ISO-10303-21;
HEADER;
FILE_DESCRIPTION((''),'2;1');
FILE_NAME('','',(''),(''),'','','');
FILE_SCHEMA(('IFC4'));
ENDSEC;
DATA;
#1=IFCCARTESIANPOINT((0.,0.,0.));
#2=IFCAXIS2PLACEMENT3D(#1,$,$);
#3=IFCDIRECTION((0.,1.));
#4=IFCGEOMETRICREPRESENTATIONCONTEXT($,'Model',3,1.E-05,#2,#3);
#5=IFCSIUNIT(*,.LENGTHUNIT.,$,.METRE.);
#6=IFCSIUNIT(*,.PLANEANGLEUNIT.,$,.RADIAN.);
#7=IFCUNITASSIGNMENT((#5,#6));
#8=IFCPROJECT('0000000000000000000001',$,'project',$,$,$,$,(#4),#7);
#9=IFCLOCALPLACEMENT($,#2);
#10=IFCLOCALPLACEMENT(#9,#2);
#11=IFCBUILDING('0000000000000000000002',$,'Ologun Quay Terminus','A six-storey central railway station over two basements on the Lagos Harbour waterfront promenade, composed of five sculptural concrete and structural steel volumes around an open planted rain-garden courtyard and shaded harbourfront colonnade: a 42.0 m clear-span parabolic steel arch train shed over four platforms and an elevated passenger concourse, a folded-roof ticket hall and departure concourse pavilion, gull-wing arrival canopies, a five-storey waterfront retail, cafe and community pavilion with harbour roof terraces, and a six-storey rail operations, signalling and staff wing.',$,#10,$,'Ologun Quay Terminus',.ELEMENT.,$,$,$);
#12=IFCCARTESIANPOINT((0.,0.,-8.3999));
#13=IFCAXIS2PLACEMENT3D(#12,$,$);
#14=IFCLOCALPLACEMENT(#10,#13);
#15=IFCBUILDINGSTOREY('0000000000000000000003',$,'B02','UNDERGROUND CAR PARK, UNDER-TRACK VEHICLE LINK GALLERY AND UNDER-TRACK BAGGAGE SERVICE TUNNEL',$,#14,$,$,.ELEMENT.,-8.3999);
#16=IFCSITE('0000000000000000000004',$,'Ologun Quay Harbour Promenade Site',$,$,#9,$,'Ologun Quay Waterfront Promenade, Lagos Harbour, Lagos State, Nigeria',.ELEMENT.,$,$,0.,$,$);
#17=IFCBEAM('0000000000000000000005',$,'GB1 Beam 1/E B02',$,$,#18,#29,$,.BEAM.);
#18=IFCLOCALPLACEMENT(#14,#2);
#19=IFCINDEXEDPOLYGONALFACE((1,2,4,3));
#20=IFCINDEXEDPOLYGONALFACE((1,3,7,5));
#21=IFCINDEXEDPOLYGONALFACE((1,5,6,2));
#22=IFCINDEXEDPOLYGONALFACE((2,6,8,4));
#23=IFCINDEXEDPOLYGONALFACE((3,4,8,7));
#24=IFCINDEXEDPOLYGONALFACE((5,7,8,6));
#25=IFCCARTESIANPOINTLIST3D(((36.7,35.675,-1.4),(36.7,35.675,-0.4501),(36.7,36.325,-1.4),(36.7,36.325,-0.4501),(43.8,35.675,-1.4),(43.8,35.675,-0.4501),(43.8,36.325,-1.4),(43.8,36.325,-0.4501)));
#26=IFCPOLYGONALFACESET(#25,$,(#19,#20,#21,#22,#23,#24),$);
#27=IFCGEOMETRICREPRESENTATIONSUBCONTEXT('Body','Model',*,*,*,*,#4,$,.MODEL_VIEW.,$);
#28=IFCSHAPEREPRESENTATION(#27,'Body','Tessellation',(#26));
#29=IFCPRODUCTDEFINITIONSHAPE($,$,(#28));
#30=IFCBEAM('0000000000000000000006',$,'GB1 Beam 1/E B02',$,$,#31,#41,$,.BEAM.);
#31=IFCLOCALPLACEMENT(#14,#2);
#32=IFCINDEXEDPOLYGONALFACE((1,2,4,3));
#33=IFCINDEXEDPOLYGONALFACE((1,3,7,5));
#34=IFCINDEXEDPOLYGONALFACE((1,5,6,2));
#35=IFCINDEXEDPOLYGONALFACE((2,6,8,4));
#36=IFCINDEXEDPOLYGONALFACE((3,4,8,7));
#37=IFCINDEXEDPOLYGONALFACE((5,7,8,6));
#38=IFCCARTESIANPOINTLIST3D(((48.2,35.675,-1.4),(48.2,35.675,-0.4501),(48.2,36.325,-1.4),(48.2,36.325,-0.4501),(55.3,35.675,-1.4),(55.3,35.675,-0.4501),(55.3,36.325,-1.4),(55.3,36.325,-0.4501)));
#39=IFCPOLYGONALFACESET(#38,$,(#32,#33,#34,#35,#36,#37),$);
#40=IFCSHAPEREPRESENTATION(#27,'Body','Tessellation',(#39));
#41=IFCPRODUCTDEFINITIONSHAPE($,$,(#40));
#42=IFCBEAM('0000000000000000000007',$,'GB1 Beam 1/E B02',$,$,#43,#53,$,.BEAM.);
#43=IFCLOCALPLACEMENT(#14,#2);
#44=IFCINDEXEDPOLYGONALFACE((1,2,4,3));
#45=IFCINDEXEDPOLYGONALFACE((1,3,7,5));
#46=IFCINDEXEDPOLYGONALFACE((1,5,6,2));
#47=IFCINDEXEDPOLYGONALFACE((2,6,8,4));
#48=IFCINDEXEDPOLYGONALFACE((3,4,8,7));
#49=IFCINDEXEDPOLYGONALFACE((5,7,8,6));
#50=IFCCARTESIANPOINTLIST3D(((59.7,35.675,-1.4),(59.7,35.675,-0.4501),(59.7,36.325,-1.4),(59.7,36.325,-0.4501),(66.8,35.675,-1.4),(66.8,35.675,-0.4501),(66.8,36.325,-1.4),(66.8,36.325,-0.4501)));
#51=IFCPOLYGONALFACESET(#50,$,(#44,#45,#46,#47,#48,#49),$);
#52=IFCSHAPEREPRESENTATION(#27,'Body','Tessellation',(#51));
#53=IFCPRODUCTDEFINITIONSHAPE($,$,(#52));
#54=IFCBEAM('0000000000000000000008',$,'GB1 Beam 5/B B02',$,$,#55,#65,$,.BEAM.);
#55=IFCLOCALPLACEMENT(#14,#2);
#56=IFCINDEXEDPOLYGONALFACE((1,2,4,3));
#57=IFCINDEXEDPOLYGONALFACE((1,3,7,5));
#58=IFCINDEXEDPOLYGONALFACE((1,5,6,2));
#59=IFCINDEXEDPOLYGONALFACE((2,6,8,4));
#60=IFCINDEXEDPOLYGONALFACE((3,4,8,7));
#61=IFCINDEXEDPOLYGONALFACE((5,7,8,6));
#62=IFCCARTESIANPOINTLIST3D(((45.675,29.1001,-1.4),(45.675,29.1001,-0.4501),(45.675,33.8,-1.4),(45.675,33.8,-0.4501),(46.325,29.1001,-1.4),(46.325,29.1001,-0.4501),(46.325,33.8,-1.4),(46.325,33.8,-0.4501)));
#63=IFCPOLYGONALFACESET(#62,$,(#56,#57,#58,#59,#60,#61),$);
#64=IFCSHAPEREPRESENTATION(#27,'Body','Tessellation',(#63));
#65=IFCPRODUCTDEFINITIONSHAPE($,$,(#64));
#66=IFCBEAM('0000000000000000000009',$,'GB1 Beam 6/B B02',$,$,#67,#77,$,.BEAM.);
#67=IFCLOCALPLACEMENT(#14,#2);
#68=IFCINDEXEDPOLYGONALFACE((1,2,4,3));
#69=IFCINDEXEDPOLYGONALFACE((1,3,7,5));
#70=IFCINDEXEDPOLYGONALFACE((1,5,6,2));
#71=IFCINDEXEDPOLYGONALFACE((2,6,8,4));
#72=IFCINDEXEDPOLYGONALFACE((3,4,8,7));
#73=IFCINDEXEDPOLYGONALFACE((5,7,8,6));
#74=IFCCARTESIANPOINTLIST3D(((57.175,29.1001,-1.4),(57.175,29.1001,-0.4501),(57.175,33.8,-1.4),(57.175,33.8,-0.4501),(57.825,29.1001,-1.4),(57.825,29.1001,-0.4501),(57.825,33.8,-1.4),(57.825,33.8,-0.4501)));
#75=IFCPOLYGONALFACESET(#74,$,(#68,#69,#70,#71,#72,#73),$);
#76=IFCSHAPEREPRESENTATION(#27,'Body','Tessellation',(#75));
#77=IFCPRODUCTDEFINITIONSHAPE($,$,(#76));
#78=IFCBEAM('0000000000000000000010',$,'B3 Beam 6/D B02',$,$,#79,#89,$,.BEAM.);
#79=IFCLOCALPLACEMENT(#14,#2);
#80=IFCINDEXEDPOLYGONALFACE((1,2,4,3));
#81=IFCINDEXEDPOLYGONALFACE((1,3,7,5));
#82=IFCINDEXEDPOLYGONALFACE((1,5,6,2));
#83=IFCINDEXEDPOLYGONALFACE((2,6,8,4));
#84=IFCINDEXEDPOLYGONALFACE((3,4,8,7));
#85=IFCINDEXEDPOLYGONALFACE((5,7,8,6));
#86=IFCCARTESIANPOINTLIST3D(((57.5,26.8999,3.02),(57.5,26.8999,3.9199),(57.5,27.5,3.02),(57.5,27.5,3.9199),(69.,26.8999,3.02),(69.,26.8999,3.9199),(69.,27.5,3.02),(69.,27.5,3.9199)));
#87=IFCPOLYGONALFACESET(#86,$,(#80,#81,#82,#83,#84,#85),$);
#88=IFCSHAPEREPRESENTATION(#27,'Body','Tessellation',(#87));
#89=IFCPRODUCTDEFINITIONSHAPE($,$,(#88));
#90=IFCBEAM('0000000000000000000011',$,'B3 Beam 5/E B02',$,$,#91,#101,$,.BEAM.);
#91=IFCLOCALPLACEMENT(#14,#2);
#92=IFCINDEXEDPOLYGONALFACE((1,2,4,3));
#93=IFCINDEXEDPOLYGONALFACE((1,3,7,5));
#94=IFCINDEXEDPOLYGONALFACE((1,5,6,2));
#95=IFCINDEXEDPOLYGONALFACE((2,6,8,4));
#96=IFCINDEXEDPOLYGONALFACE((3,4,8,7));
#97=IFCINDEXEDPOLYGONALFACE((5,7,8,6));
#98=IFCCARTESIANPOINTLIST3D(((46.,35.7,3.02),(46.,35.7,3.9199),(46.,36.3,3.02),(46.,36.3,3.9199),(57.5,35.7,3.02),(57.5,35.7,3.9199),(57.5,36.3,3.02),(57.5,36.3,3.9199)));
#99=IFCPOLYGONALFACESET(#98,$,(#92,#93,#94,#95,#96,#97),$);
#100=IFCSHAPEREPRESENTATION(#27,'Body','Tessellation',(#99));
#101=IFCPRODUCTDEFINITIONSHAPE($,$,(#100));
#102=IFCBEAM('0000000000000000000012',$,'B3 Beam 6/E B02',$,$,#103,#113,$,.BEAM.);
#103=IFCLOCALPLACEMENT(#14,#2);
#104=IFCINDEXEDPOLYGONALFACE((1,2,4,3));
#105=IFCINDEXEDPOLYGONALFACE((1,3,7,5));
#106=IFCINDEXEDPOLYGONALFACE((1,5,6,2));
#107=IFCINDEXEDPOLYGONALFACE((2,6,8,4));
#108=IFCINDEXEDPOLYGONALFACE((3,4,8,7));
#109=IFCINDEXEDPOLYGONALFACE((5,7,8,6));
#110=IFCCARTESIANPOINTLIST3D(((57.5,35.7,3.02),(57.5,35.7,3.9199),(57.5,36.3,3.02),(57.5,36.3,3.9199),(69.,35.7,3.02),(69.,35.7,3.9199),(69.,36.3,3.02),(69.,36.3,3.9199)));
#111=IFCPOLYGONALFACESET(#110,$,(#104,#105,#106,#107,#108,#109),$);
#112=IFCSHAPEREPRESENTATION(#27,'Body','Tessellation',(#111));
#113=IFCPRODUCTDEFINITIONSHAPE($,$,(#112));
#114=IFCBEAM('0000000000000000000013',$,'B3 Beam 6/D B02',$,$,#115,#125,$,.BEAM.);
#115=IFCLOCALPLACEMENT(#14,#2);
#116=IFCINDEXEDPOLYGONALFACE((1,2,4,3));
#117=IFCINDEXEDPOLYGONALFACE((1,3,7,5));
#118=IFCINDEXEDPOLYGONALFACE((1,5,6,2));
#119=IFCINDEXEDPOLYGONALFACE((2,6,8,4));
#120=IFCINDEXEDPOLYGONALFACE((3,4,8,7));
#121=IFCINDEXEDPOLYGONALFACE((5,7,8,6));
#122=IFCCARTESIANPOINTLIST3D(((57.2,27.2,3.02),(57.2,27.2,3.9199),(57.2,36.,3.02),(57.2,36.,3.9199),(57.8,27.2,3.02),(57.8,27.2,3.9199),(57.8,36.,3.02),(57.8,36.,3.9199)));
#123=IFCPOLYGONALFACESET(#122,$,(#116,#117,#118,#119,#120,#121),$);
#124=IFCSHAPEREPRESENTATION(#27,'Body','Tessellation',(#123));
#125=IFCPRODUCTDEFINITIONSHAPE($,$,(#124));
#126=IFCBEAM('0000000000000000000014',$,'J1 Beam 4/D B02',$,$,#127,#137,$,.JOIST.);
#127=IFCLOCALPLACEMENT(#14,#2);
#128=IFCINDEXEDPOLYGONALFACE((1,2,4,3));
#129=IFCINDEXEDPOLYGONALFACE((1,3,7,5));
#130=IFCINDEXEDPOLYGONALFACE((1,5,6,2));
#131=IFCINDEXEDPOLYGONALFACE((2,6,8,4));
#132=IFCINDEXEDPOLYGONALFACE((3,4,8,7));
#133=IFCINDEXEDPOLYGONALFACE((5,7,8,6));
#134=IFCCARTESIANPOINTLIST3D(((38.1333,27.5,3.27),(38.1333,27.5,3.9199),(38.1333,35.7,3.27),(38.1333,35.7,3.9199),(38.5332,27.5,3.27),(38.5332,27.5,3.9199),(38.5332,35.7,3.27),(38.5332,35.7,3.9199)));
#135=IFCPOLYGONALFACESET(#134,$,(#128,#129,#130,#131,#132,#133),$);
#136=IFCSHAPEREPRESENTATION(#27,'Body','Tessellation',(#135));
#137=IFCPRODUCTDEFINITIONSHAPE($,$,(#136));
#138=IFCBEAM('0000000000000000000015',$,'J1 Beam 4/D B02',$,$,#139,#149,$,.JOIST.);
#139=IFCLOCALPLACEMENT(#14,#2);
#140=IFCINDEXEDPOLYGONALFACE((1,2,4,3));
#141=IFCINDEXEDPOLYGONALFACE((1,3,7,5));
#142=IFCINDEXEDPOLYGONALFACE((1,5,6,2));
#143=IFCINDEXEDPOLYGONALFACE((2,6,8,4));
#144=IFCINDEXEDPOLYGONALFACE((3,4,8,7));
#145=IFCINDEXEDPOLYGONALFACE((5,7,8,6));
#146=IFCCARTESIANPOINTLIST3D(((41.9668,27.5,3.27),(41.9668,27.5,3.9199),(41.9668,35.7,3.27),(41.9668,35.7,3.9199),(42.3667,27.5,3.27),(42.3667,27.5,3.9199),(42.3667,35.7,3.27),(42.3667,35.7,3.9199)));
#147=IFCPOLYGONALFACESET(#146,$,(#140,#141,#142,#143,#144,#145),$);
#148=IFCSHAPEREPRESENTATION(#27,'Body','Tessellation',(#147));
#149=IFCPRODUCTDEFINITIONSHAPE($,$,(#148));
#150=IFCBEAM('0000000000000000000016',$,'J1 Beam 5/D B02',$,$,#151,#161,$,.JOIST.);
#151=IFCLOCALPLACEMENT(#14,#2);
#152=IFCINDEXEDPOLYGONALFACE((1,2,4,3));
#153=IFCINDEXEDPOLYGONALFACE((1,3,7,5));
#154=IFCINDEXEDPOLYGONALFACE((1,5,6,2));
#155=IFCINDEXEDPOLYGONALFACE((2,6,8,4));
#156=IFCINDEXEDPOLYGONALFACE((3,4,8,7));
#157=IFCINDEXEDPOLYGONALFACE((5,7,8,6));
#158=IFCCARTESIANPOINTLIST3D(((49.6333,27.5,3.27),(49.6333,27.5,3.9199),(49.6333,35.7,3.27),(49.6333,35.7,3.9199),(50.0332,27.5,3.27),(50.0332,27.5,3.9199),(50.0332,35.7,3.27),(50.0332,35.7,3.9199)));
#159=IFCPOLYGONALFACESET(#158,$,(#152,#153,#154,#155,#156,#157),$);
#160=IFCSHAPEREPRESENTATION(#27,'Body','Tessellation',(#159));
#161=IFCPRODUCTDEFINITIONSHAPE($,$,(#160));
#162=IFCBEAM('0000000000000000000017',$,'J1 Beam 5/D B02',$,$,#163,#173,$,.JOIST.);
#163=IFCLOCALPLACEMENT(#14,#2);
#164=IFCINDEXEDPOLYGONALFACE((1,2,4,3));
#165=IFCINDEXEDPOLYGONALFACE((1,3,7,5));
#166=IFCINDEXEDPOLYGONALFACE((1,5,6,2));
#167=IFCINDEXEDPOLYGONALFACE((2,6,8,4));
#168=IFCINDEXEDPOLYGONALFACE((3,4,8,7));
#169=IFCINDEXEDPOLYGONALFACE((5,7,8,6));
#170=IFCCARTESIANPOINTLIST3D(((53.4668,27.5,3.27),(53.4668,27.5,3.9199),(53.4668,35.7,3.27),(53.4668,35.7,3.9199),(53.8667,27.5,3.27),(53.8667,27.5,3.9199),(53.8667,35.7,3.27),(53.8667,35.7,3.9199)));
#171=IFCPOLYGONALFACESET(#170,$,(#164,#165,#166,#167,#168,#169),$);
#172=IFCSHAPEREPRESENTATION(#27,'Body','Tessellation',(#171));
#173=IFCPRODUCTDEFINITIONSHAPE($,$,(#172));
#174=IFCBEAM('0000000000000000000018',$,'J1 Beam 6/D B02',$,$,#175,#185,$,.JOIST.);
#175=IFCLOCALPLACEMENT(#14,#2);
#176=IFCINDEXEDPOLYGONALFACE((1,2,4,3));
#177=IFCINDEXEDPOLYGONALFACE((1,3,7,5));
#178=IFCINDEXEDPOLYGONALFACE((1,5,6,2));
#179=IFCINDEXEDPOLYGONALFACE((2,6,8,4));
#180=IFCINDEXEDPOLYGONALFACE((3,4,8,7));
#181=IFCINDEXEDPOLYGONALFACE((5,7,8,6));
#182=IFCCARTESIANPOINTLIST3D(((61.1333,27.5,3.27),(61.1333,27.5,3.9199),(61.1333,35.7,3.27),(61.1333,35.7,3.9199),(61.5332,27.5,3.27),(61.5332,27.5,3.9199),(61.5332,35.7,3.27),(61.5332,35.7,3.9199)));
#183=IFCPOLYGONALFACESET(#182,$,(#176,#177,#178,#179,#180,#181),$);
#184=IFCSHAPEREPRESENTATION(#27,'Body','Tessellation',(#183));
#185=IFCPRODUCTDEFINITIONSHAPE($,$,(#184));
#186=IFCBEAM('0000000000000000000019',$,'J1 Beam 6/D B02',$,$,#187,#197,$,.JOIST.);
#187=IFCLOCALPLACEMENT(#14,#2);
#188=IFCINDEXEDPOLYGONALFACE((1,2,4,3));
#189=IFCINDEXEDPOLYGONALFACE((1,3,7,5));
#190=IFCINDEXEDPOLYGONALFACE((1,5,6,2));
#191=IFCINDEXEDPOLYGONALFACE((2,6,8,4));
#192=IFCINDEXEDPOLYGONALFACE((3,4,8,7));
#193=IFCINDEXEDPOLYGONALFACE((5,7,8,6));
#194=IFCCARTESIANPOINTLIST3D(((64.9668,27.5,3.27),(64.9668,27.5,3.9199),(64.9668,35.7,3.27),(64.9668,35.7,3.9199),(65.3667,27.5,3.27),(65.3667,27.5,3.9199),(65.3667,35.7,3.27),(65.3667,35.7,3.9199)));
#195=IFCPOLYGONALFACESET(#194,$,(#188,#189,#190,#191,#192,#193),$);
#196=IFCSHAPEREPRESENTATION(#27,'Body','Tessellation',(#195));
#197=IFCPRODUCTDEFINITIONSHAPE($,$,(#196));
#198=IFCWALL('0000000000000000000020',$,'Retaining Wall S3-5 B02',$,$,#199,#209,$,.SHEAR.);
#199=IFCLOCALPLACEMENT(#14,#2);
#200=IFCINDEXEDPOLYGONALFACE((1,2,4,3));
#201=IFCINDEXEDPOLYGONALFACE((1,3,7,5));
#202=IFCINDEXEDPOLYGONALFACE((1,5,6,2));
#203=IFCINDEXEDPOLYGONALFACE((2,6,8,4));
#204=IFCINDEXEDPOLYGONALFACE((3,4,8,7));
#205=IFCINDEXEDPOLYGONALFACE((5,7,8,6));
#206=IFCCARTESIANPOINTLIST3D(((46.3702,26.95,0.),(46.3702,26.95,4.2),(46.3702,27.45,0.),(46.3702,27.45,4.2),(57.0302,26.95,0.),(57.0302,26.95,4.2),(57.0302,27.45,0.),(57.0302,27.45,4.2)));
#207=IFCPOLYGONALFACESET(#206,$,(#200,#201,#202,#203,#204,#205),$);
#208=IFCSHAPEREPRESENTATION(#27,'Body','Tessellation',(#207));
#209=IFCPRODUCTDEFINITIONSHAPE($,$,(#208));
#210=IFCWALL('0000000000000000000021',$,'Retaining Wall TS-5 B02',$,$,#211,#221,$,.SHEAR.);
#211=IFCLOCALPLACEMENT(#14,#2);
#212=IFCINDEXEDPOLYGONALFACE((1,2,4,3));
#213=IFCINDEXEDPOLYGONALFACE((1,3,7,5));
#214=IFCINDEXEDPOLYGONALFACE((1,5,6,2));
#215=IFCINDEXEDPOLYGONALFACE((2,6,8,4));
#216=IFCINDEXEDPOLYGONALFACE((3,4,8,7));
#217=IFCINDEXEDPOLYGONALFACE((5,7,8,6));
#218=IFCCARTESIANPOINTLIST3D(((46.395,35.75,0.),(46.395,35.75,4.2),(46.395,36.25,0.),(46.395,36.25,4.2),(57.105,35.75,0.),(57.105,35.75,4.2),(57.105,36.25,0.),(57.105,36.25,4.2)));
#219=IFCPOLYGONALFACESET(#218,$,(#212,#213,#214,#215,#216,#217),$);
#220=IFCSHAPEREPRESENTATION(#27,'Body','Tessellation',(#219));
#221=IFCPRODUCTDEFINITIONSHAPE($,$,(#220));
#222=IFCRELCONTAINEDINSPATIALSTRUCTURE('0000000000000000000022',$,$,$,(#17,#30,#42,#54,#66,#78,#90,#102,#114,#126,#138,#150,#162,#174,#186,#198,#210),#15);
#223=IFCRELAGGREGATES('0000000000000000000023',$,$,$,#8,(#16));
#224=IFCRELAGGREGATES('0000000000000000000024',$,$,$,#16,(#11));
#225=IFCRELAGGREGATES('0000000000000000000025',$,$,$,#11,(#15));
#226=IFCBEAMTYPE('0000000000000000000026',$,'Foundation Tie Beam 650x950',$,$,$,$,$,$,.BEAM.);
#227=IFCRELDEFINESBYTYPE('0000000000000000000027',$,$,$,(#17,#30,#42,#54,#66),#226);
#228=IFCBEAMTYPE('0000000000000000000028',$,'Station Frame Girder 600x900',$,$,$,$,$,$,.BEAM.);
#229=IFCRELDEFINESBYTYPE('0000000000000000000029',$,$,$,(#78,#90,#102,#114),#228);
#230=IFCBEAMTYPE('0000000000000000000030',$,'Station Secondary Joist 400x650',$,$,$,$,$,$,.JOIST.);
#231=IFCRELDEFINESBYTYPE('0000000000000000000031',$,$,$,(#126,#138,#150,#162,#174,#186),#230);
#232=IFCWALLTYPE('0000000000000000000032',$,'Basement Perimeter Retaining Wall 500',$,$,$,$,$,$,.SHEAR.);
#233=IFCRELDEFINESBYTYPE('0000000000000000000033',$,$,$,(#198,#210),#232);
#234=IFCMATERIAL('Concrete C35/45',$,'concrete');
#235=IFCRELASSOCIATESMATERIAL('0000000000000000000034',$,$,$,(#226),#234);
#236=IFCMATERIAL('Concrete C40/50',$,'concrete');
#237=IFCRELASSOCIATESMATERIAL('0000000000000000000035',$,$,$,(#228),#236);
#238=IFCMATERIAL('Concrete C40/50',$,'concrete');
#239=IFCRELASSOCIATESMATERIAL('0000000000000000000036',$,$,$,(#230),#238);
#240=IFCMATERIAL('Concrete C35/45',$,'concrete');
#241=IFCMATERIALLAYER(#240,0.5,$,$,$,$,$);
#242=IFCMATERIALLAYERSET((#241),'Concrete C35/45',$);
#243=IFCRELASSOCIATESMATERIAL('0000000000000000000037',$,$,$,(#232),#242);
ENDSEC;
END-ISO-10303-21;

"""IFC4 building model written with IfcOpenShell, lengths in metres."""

from ifc_helpers import new_model, si_unit, direction, frame, frame_2d, origin, origin_2d, place, context, subcontext, project, spatial, rectangle, extrude, material, layer, layer_set, material_profile, profile_set, type_object, element, save


model = new_model("IFC4")

# Units and contexts
model_context = context("Model", 3, precision=1e-05, world=origin(), true_north=direction((0.0, 1.0)))
body_context = subcontext(model_context, "Body", "Model", "MODEL_VIEW")
ifc_project = project(units=[si_unit("LENGTHUNIT", "METRE"), si_unit("PLANEANGLEUNIT", "RADIAN")], contexts=[model_context])

# Site, building, storey
site_placement = place(None, origin())
site = spatial("IfcSite", under=ifc_project, at=site_placement, Name="Ologun Quay Harbour Promenade Site", LongName="Ologun Quay Waterfront Promenade, Lagos Harbour, Lagos State, Nigeria", CompositionType="ELEMENT", RefElevation=0.0)
building_placement = place(site_placement, origin())
building = spatial("IfcBuilding", under=site, at=building_placement, Name="Ologun Quay Terminus", Description="A six-storey central railway station over two basements on the Lagos Harbour waterfront promenade, composed of five sculptural concrete and structural steel volumes around an open planted rain-garden courtyard and shaded harbourfront colonnade: a 42.0 m clear-span parabolic steel arch train shed over four platforms and an elevated passenger concourse, a folded-roof ticket hall and departure concourse pavilion, gull-wing arrival canopies, a five-storey waterfront retail, cafe and community pavilion with harbour roof terraces, and a six-storey rail operations, signalling and staff wing.", LongName="Ologun Quay Terminus", CompositionType="ELEMENT")
storey_placement = place(building_placement, frame((0.0, 0.0, -8.3999)))
storey = spatial("IfcBuildingStorey", under=building, at=storey_placement, Name="B02", Description="UNDERGROUND CAR PARK, UNDER-TRACK VEHICLE LINK GALLERY AND UNDER-TRACK BAGGAGE SERVICE TUNNEL", CompositionType="ELEMENT", Elevation=-8.3999)

# Beams
ifc_material_1 = material(Name="Concrete C35/45", Category="concrete")
ifc_material_profile_1 = material_profile(ifc_material_1, rectangle(XDim=0.6499, YDim=0.95, at=origin_2d()), Name="RC 650x950")
ifc_profile_set_1 = profile_set([ifc_material_profile_1], Name="Concrete C35/45")
beam_type_1 = type_object("IfcBeamType", Name="Foundation Tie Beam 650x950", PredefinedType="BEAM", material=ifc_profile_set_1)
for number, where, z_axis, x_axis, name in (
    (1, (36.7, 36.0, -0.925), (1.0, 0.0, 0.0), (0.0, 1.0, 0.0), "GB1 Beam 1/E B02"),
    (2, (48.2, 36.0, -0.925), (1.0, 0.0, 0.0), (0.0, 1.0, 0.0), "GB1 Beam 1/E B02"),
    (3, (59.7, 36.0, -0.925), (1.0, 0.0, 0.0), (0.0, 1.0, 0.0), "GB1 Beam 1/E B02"),
):
    element("IfcBeam", number, at=place(storey_placement, frame(where, z_axis=z_axis, x_axis=x_axis)), inside=storey, type_object=beam_type_1, Name=name, PredefinedType="BEAM", context=body_context, shape_type="SweptSolid", body=[
        extrude(rectangle(XDim=0.6499, YDim=0.95, at=origin_2d()), origin(), (0.0, 0.0, 1.0), 7.1001),
    ])
for number, where, z_axis, x_axis, name in (
    (4, (46.0, 29.1001, -0.925), (0.0, 1.0, 0.0), (-1.0, 0.0, 0.0), "GB1 Beam 5/B B02"),
    (5, (57.5, 29.1001, -0.925), (0.0, 1.0, 0.0), (-1.0, 0.0, 0.0), "GB1 Beam 6/B B02"),
):
    element("IfcBeam", number, at=place(storey_placement, frame(where, z_axis=z_axis, x_axis=x_axis)), inside=storey, type_object=beam_type_1, Name=name, PredefinedType="BEAM", context=body_context, shape_type="SweptSolid", body=[
        extrude(rectangle(XDim=0.6499, YDim=0.95, at=origin_2d()), origin(), (0.0, 0.0, 1.0), 4.7),
    ])
ifc_material_2 = material(Name="Concrete C40/50", Category="concrete")
ifc_material_profile_2 = material_profile(ifc_material_2, rectangle(XDim=0.6001, YDim=0.8999, at=origin_2d()), Name="RC 600x900")
ifc_profile_set_2 = profile_set([ifc_material_profile_2], Name="Concrete C40/50")
beam_type_2 = type_object("IfcBeamType", Name="Station Frame Girder 600x900", PredefinedType="BEAM", material=ifc_profile_set_2)
for number, where, z_axis, x_axis, name in (
    (6, (57.5, 27.2, 3.47), (1.0, 0.0, 0.0), (0.0, 1.0, 0.0), "B3 Beam 6/D B02"),
    (7, (46.0, 36.0, 3.47), (1.0, 0.0, 0.0), (0.0, 1.0, 0.0), "B3 Beam 5/E B02"),
    (8, (57.5, 36.0, 3.47), (1.0, 0.0, 0.0), (0.0, 1.0, 0.0), "B3 Beam 6/E B02"),
):
    element("IfcBeam", number, at=place(storey_placement, frame(where, z_axis=z_axis, x_axis=x_axis)), inside=storey, type_object=beam_type_2, Name=name, PredefinedType="BEAM", context=body_context, shape_type="SweptSolid", body=[
        extrude(rectangle(XDim=0.6001, YDim=0.8999, at=origin_2d()), origin(), (0.0, 0.0, 1.0), 11.5),
    ])
beam_placement = place(storey_placement, frame((57.5, 27.2, 3.47), z_axis=(0.0, 1.0, 0.0), x_axis=(-1.0, 0.0, 0.0)))
element("IfcBeam", 9, at=beam_placement, inside=storey, type_object=beam_type_2, Name="B3 Beam 6/D B02", PredefinedType="BEAM", context=body_context, shape_type="SweptSolid", body=[
    extrude(rectangle(XDim=0.6001, YDim=0.8999, at=origin_2d()), origin(), (0.0, 0.0, 1.0), 8.8),
])
ifc_material_3 = material(Name="Concrete C40/50", Category="concrete")
ifc_material_profile_3 = material_profile(ifc_material_3, rectangle(XDim=0.3999, YDim=0.6499, at=origin_2d()), Name="RC 400x650")
ifc_profile_set_3 = profile_set([ifc_material_profile_3], Name="Concrete C40/50")
beam_type_3 = type_object("IfcBeamType", Name="Station Secondary Joist 400x650", PredefinedType="JOIST", material=ifc_profile_set_3)
for number, where, z_axis, x_axis, name in (
    (10, (38.3333, 27.5, 3.595), (0.0, 1.0, 0.0), (-1.0, 0.0, 0.0), "J1 Beam 4/D B02"),
    (11, (42.1667, 27.5, 3.595), (0.0, 1.0, 0.0), (-1.0, 0.0, 0.0), "J1 Beam 4/D B02"),
    (12, (49.8333, 27.5, 3.595), (0.0, 1.0, 0.0), (-1.0, 0.0, 0.0), "J1 Beam 5/D B02"),
    (13, (53.6667, 27.5, 3.595), (0.0, 1.0, 0.0), (-1.0, 0.0, 0.0), "J1 Beam 5/D B02"),
    (14, (61.3333, 27.5, 3.595), (0.0, 1.0, 0.0), (-1.0, 0.0, 0.0), "J1 Beam 6/D B02"),
    (15, (65.1667, 27.5, 3.595), (0.0, 1.0, 0.0), (-1.0, 0.0, 0.0), "J1 Beam 6/D B02"),
):
    element("IfcBeam", number, at=place(storey_placement, frame(where, z_axis=z_axis, x_axis=x_axis)), inside=storey, type_object=beam_type_3, Name=name, PredefinedType="JOIST", context=body_context, shape_type="SweptSolid", body=[
        extrude(rectangle(XDim=0.3999, YDim=0.6499, at=origin_2d()), origin(), (0.0, 0.0, 1.0), 8.2),
    ])

# Walls
ifc_material_4 = material(Name="Concrete C35/45", Category="concrete")
ifc_layer_1 = layer(ifc_material_4, 0.5)
ifc_layer_set_1 = layer_set([ifc_layer_1], Name="Concrete C35/45")
wall_type_1 = type_object("IfcWallType", Name="Basement Perimeter Retaining Wall 500", PredefinedType="SHEAR", material=ifc_layer_set_1)
wall_1_placement = place(storey_placement, frame((46.3701, 27.2, 0.0), z_axis=(0.0, 0.0, 1.0), x_axis=(1.0, 0.0, 0.0)))
element("IfcWall", 16, at=wall_1_placement, inside=storey, type_object=wall_type_1, Name="Retaining Wall S3-5 B02", PredefinedType="SHEAR", context=body_context, shape_type="SweptSolid", body=[
    extrude(rectangle(XDim=10.6599, YDim=0.5, at=frame_2d((5.3301, 0.0))), origin(), (0.0, 0.0, 1.0), 4.2),
])
for number, where, z_axis, x_axis, name in (
    (17, (46.395, 36.0, 0.0), (0.0, 0.0, 1.0), (1.0, 0.0, 0.0), "Retaining Wall TS-5 B02"),
):
    element("IfcWall", number, at=place(storey_placement, frame(where, z_axis=z_axis, x_axis=x_axis)), inside=storey, type_object=wall_type_1, Name=name, PredefinedType="SHEAR", context=body_context, shape_type="SweptSolid", body=[
        extrude(rectangle(XDim=10.71, YDim=0.5, at=frame_2d((5.355, 0.0))), origin(), (0.0, 0.0, 1.0), 4.2),
    ])

save(model, "model.ifc")
